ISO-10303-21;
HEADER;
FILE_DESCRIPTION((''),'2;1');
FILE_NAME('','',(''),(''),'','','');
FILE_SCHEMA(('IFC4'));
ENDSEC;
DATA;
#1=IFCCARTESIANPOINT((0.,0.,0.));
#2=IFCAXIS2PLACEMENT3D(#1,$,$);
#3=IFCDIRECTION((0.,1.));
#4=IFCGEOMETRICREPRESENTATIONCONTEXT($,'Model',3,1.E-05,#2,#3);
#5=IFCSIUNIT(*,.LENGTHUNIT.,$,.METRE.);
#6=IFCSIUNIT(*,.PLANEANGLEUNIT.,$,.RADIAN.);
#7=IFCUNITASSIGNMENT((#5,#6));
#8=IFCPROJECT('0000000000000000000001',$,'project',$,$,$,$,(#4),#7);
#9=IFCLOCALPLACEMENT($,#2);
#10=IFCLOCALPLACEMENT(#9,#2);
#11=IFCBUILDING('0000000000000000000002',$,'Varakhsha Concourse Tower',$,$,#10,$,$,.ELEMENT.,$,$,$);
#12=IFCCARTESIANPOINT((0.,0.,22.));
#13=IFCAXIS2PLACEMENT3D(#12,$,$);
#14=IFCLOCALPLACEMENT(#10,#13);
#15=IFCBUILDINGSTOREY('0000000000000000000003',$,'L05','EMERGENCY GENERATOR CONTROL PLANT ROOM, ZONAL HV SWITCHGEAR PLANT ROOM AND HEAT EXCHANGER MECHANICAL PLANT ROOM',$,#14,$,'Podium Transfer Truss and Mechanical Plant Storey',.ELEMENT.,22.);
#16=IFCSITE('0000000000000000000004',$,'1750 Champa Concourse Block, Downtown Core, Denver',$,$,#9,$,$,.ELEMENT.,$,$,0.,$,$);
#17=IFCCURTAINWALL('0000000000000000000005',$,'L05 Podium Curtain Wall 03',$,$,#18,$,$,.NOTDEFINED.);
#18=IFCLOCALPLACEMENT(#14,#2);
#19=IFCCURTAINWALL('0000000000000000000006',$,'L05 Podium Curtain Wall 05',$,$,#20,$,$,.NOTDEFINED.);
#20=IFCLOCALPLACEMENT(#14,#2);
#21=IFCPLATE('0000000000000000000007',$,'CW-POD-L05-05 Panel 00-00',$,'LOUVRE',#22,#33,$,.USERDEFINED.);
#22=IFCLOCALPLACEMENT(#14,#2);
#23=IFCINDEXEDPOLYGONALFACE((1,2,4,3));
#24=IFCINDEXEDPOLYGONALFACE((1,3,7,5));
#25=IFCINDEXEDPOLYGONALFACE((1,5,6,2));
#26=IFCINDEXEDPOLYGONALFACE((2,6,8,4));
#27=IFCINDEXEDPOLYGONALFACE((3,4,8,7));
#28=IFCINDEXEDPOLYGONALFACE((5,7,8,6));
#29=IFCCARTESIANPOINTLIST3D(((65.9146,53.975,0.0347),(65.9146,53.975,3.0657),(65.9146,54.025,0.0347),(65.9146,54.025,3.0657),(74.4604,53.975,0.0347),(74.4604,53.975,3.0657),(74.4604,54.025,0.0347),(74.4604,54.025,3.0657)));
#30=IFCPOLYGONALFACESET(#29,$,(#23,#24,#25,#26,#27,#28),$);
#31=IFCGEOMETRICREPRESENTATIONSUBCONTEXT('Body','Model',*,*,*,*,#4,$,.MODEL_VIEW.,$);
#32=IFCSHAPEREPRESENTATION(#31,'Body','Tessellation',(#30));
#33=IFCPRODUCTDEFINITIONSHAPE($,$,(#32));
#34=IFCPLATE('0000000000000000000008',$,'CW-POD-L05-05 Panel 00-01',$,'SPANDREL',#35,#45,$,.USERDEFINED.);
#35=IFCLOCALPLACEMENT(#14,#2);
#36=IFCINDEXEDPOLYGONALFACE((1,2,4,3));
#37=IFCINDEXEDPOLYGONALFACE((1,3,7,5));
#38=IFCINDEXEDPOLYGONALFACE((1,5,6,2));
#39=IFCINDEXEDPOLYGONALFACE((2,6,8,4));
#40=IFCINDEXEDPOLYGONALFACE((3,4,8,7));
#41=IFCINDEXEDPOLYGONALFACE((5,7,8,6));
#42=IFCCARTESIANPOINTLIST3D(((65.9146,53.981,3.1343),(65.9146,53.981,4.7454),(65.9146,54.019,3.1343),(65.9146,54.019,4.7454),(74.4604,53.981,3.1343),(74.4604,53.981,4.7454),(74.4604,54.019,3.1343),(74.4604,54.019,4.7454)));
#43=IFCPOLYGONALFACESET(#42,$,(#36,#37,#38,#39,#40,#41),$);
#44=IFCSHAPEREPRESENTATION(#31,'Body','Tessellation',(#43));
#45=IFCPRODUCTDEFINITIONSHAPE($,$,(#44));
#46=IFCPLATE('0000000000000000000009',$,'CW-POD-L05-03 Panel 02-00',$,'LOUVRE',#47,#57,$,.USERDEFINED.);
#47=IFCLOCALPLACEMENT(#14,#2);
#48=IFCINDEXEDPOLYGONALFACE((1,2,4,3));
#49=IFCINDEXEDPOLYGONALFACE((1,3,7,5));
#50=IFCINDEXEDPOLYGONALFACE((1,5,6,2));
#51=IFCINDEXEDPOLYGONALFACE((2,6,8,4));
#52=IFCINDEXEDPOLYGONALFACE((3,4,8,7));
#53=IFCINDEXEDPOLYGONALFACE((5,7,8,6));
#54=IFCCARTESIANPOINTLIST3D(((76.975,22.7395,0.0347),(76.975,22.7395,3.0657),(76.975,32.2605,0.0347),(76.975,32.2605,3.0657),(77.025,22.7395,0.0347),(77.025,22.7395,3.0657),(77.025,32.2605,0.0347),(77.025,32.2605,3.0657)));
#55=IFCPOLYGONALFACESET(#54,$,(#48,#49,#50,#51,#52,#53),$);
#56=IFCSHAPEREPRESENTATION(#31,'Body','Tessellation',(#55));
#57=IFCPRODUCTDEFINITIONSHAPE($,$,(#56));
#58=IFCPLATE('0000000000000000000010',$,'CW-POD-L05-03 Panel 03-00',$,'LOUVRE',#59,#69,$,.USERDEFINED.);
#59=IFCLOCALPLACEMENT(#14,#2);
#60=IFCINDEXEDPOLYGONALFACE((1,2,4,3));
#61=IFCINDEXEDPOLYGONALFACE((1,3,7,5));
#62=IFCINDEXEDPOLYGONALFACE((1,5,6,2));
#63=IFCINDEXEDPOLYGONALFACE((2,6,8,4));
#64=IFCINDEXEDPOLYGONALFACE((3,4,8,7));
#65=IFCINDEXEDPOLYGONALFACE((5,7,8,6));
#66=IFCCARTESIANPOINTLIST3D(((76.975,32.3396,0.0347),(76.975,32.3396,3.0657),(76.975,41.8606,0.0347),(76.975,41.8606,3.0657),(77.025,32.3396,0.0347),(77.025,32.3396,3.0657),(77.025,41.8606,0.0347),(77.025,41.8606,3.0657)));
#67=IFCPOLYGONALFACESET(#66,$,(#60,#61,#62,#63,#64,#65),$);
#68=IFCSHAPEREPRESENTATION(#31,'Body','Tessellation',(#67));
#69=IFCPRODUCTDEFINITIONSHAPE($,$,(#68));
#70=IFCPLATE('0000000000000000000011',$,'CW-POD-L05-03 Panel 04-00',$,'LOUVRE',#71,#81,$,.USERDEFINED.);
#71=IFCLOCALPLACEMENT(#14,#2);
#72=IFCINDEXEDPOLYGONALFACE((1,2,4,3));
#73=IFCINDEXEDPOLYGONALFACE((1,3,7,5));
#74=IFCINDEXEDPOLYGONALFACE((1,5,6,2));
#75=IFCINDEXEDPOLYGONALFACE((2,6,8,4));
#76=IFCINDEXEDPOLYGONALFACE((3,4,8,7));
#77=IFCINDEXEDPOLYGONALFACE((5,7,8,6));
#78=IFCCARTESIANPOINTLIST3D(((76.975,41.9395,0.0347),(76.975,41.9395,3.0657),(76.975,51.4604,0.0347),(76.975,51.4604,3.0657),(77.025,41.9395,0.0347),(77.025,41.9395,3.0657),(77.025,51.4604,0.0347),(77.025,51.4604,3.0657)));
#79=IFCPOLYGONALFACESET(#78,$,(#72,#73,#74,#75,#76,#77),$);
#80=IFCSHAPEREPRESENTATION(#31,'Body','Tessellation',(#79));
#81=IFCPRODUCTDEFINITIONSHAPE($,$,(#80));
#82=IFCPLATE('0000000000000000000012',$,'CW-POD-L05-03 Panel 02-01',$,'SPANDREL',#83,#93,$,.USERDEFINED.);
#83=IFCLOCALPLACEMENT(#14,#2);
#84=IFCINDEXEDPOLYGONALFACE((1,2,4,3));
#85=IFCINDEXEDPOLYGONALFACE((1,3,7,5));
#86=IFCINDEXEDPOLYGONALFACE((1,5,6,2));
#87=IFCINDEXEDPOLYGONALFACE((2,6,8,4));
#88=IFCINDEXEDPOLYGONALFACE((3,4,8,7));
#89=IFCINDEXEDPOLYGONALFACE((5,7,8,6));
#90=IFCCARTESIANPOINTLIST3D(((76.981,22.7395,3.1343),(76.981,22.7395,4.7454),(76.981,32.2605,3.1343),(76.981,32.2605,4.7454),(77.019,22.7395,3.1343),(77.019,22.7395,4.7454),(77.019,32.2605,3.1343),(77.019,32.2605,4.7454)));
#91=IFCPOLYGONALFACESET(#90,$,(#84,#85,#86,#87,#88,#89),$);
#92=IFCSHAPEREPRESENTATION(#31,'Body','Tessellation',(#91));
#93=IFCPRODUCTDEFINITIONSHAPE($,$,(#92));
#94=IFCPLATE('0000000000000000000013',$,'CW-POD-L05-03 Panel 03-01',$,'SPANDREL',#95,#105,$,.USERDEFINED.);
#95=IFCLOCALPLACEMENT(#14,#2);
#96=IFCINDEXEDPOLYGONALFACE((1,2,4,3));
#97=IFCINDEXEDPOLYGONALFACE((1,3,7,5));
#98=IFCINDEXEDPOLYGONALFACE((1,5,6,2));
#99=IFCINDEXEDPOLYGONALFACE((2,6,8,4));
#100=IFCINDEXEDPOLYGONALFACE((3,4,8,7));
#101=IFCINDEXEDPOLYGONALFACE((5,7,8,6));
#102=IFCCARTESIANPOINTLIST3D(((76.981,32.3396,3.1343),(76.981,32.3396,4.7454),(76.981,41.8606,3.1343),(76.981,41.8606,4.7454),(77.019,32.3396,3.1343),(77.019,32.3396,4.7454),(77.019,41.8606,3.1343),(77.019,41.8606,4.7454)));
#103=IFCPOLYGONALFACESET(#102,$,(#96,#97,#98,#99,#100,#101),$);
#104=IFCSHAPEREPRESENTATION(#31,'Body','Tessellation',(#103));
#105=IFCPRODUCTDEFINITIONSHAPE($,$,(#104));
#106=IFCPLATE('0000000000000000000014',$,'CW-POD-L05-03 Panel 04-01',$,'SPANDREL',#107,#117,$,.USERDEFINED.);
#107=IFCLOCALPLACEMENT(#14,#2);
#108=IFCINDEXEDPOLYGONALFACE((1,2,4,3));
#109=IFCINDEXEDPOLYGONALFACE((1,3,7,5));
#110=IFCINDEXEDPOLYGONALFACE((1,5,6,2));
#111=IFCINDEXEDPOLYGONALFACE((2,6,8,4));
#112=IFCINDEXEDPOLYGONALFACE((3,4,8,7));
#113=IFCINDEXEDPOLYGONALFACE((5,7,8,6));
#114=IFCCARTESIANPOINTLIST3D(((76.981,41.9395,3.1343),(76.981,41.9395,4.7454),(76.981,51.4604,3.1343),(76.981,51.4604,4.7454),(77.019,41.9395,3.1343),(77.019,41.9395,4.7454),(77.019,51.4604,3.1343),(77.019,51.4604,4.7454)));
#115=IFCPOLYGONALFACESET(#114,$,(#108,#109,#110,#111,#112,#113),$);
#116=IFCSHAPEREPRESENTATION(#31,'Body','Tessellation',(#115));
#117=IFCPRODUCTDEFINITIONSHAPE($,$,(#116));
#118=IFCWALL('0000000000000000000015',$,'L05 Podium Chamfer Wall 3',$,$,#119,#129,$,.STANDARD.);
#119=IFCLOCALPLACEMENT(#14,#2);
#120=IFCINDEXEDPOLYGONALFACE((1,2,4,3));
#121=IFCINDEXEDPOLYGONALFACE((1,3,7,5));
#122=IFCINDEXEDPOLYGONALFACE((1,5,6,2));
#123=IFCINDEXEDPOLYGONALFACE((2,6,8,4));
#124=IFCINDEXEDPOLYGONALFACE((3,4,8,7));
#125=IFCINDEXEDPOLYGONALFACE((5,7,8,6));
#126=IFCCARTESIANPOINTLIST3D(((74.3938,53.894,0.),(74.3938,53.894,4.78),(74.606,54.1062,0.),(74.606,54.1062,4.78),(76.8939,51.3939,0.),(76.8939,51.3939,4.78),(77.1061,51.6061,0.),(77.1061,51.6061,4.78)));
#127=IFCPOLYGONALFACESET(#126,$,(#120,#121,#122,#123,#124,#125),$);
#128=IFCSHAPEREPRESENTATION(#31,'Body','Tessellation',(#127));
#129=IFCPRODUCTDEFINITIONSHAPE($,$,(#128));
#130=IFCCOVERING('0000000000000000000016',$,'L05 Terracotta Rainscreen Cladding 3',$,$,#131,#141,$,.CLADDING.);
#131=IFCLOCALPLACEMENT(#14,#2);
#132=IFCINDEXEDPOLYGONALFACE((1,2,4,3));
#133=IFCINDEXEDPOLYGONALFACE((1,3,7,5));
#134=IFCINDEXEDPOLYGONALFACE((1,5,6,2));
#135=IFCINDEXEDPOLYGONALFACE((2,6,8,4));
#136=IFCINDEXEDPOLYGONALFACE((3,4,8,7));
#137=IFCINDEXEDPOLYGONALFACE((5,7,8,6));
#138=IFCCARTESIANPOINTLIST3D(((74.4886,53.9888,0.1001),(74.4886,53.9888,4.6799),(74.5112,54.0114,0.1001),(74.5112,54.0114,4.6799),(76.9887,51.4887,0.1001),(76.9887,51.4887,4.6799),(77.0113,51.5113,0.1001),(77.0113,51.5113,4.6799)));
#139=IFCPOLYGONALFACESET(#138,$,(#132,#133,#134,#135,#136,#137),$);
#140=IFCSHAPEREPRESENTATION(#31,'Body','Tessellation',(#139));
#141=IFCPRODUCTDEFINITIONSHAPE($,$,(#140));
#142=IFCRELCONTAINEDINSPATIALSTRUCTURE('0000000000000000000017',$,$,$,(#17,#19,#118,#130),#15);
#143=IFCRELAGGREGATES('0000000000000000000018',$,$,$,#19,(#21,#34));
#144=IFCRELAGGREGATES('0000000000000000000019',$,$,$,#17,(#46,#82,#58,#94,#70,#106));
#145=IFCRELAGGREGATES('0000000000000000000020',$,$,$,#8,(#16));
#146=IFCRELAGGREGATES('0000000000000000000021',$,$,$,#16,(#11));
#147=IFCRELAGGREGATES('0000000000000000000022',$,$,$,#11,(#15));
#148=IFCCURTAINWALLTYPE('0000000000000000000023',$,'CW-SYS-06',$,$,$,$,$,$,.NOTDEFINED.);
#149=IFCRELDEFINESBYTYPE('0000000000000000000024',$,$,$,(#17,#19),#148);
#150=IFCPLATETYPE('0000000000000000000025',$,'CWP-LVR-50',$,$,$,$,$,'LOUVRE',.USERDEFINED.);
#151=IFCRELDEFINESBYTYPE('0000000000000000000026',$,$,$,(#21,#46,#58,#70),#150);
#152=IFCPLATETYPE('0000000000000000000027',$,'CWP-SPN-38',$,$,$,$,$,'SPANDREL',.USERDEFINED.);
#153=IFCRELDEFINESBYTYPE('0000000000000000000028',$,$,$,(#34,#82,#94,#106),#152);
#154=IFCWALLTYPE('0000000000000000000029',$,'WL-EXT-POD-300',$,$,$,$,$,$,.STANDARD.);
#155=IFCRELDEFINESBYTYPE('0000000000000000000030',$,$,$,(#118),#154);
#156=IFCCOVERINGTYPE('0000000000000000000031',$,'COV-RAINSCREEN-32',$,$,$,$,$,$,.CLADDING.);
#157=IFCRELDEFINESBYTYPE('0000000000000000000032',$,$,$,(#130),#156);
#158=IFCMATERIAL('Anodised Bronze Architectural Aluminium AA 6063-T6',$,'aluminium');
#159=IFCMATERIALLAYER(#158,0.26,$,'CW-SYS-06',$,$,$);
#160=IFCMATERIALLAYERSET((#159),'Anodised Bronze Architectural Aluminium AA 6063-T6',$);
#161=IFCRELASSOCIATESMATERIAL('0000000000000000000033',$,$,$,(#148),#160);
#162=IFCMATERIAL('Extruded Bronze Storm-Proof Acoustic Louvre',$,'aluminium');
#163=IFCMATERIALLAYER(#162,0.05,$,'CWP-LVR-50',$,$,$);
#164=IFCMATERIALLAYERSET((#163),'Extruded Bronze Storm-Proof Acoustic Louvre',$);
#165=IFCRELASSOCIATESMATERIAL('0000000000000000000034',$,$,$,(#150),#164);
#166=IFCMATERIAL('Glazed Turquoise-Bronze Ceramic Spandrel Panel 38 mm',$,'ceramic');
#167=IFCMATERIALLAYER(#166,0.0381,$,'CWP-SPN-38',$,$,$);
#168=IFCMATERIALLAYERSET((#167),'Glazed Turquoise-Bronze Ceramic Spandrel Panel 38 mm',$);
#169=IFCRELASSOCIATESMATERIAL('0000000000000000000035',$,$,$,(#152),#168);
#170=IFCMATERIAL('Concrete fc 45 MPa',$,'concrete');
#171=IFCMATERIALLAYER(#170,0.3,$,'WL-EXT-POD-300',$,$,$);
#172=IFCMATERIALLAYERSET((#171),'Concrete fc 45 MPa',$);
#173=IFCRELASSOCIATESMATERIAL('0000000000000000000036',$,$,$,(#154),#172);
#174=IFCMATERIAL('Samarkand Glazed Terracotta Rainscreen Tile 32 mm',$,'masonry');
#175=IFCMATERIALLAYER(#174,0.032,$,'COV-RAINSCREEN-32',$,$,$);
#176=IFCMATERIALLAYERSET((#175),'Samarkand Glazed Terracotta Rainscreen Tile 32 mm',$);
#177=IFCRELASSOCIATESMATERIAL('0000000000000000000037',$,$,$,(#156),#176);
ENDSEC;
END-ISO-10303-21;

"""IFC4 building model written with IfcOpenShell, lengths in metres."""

from ifc_helpers import new_model, si_unit, direction, frame, frame_2d, origin, origin_2d, place, context, subcontext, project, spatial, rectangle, extrude, source, transform, mapped, material, layer, layer_set, type_object, type_shapes, element, aggregate, save


model = new_model("IFC4")

# Units and contexts
model_context = context("Model", 3, precision=1e-05, world=origin(), true_north=direction((0.0, 1.0)))
body_context = subcontext(model_context, "Body", "Model", "MODEL_VIEW")
ifc_project = project(units=[si_unit("LENGTHUNIT", "METRE"), si_unit("PLANEANGLEUNIT", "RADIAN")], contexts=[model_context])

# Site, building, storey
site_placement = place(None, origin())
site = spatial("IfcSite", under=ifc_project, at=site_placement, Name="1750 Champa Concourse Block, Downtown Core, Denver", CompositionType="ELEMENT", RefElevation=0.0)
building_placement = place(site_placement, origin())
building = spatial("IfcBuilding", under=site, at=building_placement, Name="Varakhsha Concourse Tower", CompositionType="ELEMENT")
storey_placement = place(building_placement, frame((0.0, 0.0, 22.0)))
storey = spatial("IfcBuildingStorey", under=building, at=storey_placement, Name="L05", Description="EMERGENCY GENERATOR CONTROL PLANT ROOM, ZONAL HV SWITCHGEAR PLANT ROOM AND HEAT EXCHANGER MECHANICAL PLANT ROOM", LongName="Podium Transfer Truss and Mechanical Plant Storey", CompositionType="ELEMENT", Elevation=22.0)

# Curtain walls
ifc_material_1 = material(Name="Anodised Bronze Architectural Aluminium AA 6063-T6", Category="aluminium")
ifc_layer_1 = layer(ifc_material_1, 0.26, Name="CW-SYS-06")
ifc_layer_set_1 = layer_set([ifc_layer_1], Name="Anodised Bronze Architectural Aluminium AA 6063-T6")
curtain_wall_type = type_object("IfcCurtainWallType", Name="CW-SYS-06", PredefinedType="NOTDEFINED", material=ifc_layer_set_1)
curtain_wall_1_placement = place(storey_placement, origin())
curtain_wall_1 = element("IfcCurtainWall", 1, at=curtain_wall_1_placement, inside=storey, type_object=curtain_wall_type, Name="L05 Podium Curtain Wall 03", PredefinedType="NOTDEFINED")
curtain_wall_2_placement = place(storey_placement, origin())
curtain_wall_2 = element("IfcCurtainWall", 2, at=curtain_wall_2_placement, inside=storey, type_object=curtain_wall_type, Name="L05 Podium Curtain Wall 05", PredefinedType="NOTDEFINED")

# Plates
ifc_material_2 = material(Name="Extruded Bronze Storm-Proof Acoustic Louvre", Category="aluminium")
ifc_layer_2 = layer(ifc_material_2, 0.05, Name="CWP-LVR-50")
ifc_layer_set_2 = layer_set([ifc_layer_2], Name="Extruded Bronze Storm-Proof Acoustic Louvre")
plate_type_1 = type_object("IfcPlateType", Name="CWP-LVR-50", ElementType="LOUVRE", PredefinedType="USERDEFINED", material=ifc_layer_set_2)
shared_shape_1 = source(origin(), body_context, "Body", "SweptSolid", [
    extrude(rectangle(XDim=8.5459, YDim=0.05, at=origin_2d()), origin(), (0.0, 0.0, 1.0), 3.031),
])
plate_1_placement = place(storey_placement, frame((70.1875, 54.0, 0.0347), z_axis=(0.0, 0.0, 1.0), x_axis=(-1.0, 0.0, 0.0)))
plate_1 = element("IfcPlate", 3, at=plate_1_placement, type_object=plate_type_1, Name="CW-POD-L05-05 Panel 00-00", ObjectType="LOUVRE", PredefinedType="USERDEFINED", context=body_context, shape_type="MappedRepresentation", body=[
    mapped(shared_shape_1, transform((0.0, 0.0, 0.0), scale=1.0)),
])
ifc_material_3 = material(Name="Glazed Turquoise-Bronze Ceramic Spandrel Panel 38 mm", Category="ceramic")
ifc_layer_3 = layer(ifc_material_3, 0.0381, Name="CWP-SPN-38")
ifc_layer_set_3 = layer_set([ifc_layer_3], Name="Glazed Turquoise-Bronze Ceramic Spandrel Panel 38 mm")
plate_type_2 = type_object("IfcPlateType", Name="CWP-SPN-38", ElementType="SPANDREL", PredefinedType="USERDEFINED", material=ifc_layer_set_3)
shared_shape_2 = source(origin(), body_context, "Body", "SweptSolid", [
    extrude(rectangle(XDim=8.5459, YDim=0.0381, at=origin_2d()), origin(), (0.0, 0.0, 1.0), 1.6111),
])
plate_2_placement = place(storey_placement, frame((70.1875, 54.0, 3.1343), z_axis=(0.0, 0.0, 1.0), x_axis=(-1.0, 0.0, 0.0)))
plate_2 = element("IfcPlate", 4, at=plate_2_placement, type_object=plate_type_2, Name="CW-POD-L05-05 Panel 00-01", ObjectType="SPANDREL", PredefinedType="USERDEFINED", context=body_context, shape_type="MappedRepresentation", body=[
    mapped(shared_shape_2, transform((0.0, 0.0, 0.0), scale=1.0)),
])
aggregate(curtain_wall_2, [plate_1, plate_2])
shared_shape_3 = source(origin(), body_context, "Body", "SweptSolid", [
    extrude(rectangle(XDim=9.521, YDim=0.05, at=origin_2d()), origin(), (0.0, 0.0, 1.0), 3.031),
])
type_shapes(plate_type_1, [shared_shape_1, shared_shape_3])
plate_3_placement = place(storey_placement, frame((77.0, 27.5, 0.0347), z_axis=(0.0, 0.0, 1.0), x_axis=(0.0, 1.0, 0.0)))
plate_3 = element("IfcPlate", 5, at=plate_3_placement, type_object=plate_type_1, Name="CW-POD-L05-03 Panel 02-00", ObjectType="LOUVRE", PredefinedType="USERDEFINED", context=body_context, shape_type="MappedRepresentation", body=[
    mapped(shared_shape_3, transform((0.0, 0.0, 0.0), scale=1.0)),
])
plate_4_placement = place(storey_placement, frame((77.0, 37.1001, 0.0347), z_axis=(0.0, 0.0, 1.0), x_axis=(0.0, 1.0, 0.0)))
plate_4 = element("IfcPlate", 6, at=plate_4_placement, type_object=plate_type_1, Name="CW-POD-L05-03 Panel 03-00", ObjectType="LOUVRE", PredefinedType="USERDEFINED", context=body_context, shape_type="MappedRepresentation", body=[
    mapped(shared_shape_3, transform((0.0, 0.0, 0.0), scale=1.0)),
])
plate_5_placement = place(storey_placement, frame((77.0, 46.7, 0.0347), z_axis=(0.0, 0.0, 1.0), x_axis=(0.0, 1.0, 0.0)))
plate_5 = element("IfcPlate", 7, at=plate_5_placement, type_object=plate_type_1, Name="CW-POD-L05-03 Panel 04-00", ObjectType="LOUVRE", PredefinedType="USERDEFINED", context=body_context, shape_type="MappedRepresentation", body=[
    mapped(shared_shape_3, transform((0.0, 0.0, 0.0), scale=1.0)),
])
shared_shape_4 = source(origin(), body_context, "Body", "SweptSolid", [
    extrude(rectangle(XDim=9.521, YDim=0.0381, at=origin_2d()), origin(), (0.0, 0.0, 1.0), 1.6111),
])
type_shapes(plate_type_2, [shared_shape_2, shared_shape_4])
plate_6_placement = place(storey_placement, frame((77.0, 27.5, 3.1343), z_axis=(0.0, 0.0, 1.0), x_axis=(0.0, 1.0, 0.0)))
plate_6 = element("IfcPlate", 8, at=plate_6_placement, type_object=plate_type_2, Name="CW-POD-L05-03 Panel 02-01", ObjectType="SPANDREL", PredefinedType="USERDEFINED", context=body_context, shape_type="MappedRepresentation", body=[
    mapped(shared_shape_4, transform((0.0, 0.0, 0.0), scale=1.0)),
])
plate_7_placement = place(storey_placement, frame((77.0, 37.1001, 3.1343), z_axis=(0.0, 0.0, 1.0), x_axis=(0.0, 1.0, 0.0)))
plate_7 = element("IfcPlate", 9, at=plate_7_placement, type_object=plate_type_2, Name="CW-POD-L05-03 Panel 03-01", ObjectType="SPANDREL", PredefinedType="USERDEFINED", context=body_context, shape_type="MappedRepresentation", body=[
    mapped(shared_shape_4, transform((0.0, 0.0, 0.0), scale=1.0)),
])
plate_8_placement = place(storey_placement, frame((77.0, 46.7, 3.1343), z_axis=(0.0, 0.0, 1.0), x_axis=(0.0, 1.0, 0.0)))
plate_8 = element("IfcPlate", 10, at=plate_8_placement, type_object=plate_type_2, Name="CW-POD-L05-03 Panel 04-01", ObjectType="SPANDREL", PredefinedType="USERDEFINED", context=body_context, shape_type="MappedRepresentation", body=[
    mapped(shared_shape_4, transform((0.0, 0.0, 0.0), scale=1.0)),
])
aggregate(curtain_wall_1, [plate_3, plate_6, plate_4, plate_7, plate_5, plate_8])

# Wall
ifc_material_4 = material(Name="Concrete fc 45 MPa", Category="concrete")
ifc_layer_4 = layer(ifc_material_4, 0.3, Name="WL-EXT-POD-300")
ifc_layer_set_4 = layer_set([ifc_layer_4], Name="Concrete fc 45 MPa")
wall_type = type_object("IfcWallType", Name="WL-EXT-POD-300", PredefinedType="STANDARD", material=ifc_layer_set_4)
wall_placement = place(storey_placement, frame((77.0, 51.5, 0.0), z_axis=(0.0, 0.0, 1.0), x_axis=(-0.707107, 0.707107, 0.0)))
element("IfcWall", 11, at=wall_placement, inside=storey, type_object=wall_type, Name="L05 Podium Chamfer Wall 3", PredefinedType="STANDARD", context=body_context, shape_type="SweptSolid", body=[
    extrude(rectangle(XDim=3.5356, YDim=0.3, at=frame_2d((1.7678, 0.0))), origin(), (0.0, 0.0, 1.0), 4.78),
])

# Covering
ifc_material_5 = material(Name="Samarkand Glazed Terracotta Rainscreen Tile 32 mm", Category="masonry")
ifc_layer_5 = layer(ifc_material_5, 0.032, Name="COV-RAINSCREEN-32")
ifc_layer_set_5 = layer_set([ifc_layer_5], Name="Samarkand Glazed Terracotta Rainscreen Tile 32 mm")
covering_type = type_object("IfcCoveringType", Name="COV-RAINSCREEN-32", PredefinedType="CLADDING", material=ifc_layer_set_5)
covering_placement = place(storey_placement, frame((77.0, 51.5, 0.1001), z_axis=(0.0, 0.0, 1.0), x_axis=(-0.707107, 0.707107, 0.0)))
element("IfcCovering", 12, at=covering_placement, inside=storey, type_object=covering_type, Name="L05 Terracotta Rainscreen Cladding 3", PredefinedType="CLADDING", context=body_context, shape_type="SweptSolid", body=[
    extrude(rectangle(XDim=3.5356, YDim=0.032, at=frame_2d((1.7678, 0.0))), origin(), (0.0, 0.0, 1.0), 4.5798),
])

save(model, "model.ifc")
